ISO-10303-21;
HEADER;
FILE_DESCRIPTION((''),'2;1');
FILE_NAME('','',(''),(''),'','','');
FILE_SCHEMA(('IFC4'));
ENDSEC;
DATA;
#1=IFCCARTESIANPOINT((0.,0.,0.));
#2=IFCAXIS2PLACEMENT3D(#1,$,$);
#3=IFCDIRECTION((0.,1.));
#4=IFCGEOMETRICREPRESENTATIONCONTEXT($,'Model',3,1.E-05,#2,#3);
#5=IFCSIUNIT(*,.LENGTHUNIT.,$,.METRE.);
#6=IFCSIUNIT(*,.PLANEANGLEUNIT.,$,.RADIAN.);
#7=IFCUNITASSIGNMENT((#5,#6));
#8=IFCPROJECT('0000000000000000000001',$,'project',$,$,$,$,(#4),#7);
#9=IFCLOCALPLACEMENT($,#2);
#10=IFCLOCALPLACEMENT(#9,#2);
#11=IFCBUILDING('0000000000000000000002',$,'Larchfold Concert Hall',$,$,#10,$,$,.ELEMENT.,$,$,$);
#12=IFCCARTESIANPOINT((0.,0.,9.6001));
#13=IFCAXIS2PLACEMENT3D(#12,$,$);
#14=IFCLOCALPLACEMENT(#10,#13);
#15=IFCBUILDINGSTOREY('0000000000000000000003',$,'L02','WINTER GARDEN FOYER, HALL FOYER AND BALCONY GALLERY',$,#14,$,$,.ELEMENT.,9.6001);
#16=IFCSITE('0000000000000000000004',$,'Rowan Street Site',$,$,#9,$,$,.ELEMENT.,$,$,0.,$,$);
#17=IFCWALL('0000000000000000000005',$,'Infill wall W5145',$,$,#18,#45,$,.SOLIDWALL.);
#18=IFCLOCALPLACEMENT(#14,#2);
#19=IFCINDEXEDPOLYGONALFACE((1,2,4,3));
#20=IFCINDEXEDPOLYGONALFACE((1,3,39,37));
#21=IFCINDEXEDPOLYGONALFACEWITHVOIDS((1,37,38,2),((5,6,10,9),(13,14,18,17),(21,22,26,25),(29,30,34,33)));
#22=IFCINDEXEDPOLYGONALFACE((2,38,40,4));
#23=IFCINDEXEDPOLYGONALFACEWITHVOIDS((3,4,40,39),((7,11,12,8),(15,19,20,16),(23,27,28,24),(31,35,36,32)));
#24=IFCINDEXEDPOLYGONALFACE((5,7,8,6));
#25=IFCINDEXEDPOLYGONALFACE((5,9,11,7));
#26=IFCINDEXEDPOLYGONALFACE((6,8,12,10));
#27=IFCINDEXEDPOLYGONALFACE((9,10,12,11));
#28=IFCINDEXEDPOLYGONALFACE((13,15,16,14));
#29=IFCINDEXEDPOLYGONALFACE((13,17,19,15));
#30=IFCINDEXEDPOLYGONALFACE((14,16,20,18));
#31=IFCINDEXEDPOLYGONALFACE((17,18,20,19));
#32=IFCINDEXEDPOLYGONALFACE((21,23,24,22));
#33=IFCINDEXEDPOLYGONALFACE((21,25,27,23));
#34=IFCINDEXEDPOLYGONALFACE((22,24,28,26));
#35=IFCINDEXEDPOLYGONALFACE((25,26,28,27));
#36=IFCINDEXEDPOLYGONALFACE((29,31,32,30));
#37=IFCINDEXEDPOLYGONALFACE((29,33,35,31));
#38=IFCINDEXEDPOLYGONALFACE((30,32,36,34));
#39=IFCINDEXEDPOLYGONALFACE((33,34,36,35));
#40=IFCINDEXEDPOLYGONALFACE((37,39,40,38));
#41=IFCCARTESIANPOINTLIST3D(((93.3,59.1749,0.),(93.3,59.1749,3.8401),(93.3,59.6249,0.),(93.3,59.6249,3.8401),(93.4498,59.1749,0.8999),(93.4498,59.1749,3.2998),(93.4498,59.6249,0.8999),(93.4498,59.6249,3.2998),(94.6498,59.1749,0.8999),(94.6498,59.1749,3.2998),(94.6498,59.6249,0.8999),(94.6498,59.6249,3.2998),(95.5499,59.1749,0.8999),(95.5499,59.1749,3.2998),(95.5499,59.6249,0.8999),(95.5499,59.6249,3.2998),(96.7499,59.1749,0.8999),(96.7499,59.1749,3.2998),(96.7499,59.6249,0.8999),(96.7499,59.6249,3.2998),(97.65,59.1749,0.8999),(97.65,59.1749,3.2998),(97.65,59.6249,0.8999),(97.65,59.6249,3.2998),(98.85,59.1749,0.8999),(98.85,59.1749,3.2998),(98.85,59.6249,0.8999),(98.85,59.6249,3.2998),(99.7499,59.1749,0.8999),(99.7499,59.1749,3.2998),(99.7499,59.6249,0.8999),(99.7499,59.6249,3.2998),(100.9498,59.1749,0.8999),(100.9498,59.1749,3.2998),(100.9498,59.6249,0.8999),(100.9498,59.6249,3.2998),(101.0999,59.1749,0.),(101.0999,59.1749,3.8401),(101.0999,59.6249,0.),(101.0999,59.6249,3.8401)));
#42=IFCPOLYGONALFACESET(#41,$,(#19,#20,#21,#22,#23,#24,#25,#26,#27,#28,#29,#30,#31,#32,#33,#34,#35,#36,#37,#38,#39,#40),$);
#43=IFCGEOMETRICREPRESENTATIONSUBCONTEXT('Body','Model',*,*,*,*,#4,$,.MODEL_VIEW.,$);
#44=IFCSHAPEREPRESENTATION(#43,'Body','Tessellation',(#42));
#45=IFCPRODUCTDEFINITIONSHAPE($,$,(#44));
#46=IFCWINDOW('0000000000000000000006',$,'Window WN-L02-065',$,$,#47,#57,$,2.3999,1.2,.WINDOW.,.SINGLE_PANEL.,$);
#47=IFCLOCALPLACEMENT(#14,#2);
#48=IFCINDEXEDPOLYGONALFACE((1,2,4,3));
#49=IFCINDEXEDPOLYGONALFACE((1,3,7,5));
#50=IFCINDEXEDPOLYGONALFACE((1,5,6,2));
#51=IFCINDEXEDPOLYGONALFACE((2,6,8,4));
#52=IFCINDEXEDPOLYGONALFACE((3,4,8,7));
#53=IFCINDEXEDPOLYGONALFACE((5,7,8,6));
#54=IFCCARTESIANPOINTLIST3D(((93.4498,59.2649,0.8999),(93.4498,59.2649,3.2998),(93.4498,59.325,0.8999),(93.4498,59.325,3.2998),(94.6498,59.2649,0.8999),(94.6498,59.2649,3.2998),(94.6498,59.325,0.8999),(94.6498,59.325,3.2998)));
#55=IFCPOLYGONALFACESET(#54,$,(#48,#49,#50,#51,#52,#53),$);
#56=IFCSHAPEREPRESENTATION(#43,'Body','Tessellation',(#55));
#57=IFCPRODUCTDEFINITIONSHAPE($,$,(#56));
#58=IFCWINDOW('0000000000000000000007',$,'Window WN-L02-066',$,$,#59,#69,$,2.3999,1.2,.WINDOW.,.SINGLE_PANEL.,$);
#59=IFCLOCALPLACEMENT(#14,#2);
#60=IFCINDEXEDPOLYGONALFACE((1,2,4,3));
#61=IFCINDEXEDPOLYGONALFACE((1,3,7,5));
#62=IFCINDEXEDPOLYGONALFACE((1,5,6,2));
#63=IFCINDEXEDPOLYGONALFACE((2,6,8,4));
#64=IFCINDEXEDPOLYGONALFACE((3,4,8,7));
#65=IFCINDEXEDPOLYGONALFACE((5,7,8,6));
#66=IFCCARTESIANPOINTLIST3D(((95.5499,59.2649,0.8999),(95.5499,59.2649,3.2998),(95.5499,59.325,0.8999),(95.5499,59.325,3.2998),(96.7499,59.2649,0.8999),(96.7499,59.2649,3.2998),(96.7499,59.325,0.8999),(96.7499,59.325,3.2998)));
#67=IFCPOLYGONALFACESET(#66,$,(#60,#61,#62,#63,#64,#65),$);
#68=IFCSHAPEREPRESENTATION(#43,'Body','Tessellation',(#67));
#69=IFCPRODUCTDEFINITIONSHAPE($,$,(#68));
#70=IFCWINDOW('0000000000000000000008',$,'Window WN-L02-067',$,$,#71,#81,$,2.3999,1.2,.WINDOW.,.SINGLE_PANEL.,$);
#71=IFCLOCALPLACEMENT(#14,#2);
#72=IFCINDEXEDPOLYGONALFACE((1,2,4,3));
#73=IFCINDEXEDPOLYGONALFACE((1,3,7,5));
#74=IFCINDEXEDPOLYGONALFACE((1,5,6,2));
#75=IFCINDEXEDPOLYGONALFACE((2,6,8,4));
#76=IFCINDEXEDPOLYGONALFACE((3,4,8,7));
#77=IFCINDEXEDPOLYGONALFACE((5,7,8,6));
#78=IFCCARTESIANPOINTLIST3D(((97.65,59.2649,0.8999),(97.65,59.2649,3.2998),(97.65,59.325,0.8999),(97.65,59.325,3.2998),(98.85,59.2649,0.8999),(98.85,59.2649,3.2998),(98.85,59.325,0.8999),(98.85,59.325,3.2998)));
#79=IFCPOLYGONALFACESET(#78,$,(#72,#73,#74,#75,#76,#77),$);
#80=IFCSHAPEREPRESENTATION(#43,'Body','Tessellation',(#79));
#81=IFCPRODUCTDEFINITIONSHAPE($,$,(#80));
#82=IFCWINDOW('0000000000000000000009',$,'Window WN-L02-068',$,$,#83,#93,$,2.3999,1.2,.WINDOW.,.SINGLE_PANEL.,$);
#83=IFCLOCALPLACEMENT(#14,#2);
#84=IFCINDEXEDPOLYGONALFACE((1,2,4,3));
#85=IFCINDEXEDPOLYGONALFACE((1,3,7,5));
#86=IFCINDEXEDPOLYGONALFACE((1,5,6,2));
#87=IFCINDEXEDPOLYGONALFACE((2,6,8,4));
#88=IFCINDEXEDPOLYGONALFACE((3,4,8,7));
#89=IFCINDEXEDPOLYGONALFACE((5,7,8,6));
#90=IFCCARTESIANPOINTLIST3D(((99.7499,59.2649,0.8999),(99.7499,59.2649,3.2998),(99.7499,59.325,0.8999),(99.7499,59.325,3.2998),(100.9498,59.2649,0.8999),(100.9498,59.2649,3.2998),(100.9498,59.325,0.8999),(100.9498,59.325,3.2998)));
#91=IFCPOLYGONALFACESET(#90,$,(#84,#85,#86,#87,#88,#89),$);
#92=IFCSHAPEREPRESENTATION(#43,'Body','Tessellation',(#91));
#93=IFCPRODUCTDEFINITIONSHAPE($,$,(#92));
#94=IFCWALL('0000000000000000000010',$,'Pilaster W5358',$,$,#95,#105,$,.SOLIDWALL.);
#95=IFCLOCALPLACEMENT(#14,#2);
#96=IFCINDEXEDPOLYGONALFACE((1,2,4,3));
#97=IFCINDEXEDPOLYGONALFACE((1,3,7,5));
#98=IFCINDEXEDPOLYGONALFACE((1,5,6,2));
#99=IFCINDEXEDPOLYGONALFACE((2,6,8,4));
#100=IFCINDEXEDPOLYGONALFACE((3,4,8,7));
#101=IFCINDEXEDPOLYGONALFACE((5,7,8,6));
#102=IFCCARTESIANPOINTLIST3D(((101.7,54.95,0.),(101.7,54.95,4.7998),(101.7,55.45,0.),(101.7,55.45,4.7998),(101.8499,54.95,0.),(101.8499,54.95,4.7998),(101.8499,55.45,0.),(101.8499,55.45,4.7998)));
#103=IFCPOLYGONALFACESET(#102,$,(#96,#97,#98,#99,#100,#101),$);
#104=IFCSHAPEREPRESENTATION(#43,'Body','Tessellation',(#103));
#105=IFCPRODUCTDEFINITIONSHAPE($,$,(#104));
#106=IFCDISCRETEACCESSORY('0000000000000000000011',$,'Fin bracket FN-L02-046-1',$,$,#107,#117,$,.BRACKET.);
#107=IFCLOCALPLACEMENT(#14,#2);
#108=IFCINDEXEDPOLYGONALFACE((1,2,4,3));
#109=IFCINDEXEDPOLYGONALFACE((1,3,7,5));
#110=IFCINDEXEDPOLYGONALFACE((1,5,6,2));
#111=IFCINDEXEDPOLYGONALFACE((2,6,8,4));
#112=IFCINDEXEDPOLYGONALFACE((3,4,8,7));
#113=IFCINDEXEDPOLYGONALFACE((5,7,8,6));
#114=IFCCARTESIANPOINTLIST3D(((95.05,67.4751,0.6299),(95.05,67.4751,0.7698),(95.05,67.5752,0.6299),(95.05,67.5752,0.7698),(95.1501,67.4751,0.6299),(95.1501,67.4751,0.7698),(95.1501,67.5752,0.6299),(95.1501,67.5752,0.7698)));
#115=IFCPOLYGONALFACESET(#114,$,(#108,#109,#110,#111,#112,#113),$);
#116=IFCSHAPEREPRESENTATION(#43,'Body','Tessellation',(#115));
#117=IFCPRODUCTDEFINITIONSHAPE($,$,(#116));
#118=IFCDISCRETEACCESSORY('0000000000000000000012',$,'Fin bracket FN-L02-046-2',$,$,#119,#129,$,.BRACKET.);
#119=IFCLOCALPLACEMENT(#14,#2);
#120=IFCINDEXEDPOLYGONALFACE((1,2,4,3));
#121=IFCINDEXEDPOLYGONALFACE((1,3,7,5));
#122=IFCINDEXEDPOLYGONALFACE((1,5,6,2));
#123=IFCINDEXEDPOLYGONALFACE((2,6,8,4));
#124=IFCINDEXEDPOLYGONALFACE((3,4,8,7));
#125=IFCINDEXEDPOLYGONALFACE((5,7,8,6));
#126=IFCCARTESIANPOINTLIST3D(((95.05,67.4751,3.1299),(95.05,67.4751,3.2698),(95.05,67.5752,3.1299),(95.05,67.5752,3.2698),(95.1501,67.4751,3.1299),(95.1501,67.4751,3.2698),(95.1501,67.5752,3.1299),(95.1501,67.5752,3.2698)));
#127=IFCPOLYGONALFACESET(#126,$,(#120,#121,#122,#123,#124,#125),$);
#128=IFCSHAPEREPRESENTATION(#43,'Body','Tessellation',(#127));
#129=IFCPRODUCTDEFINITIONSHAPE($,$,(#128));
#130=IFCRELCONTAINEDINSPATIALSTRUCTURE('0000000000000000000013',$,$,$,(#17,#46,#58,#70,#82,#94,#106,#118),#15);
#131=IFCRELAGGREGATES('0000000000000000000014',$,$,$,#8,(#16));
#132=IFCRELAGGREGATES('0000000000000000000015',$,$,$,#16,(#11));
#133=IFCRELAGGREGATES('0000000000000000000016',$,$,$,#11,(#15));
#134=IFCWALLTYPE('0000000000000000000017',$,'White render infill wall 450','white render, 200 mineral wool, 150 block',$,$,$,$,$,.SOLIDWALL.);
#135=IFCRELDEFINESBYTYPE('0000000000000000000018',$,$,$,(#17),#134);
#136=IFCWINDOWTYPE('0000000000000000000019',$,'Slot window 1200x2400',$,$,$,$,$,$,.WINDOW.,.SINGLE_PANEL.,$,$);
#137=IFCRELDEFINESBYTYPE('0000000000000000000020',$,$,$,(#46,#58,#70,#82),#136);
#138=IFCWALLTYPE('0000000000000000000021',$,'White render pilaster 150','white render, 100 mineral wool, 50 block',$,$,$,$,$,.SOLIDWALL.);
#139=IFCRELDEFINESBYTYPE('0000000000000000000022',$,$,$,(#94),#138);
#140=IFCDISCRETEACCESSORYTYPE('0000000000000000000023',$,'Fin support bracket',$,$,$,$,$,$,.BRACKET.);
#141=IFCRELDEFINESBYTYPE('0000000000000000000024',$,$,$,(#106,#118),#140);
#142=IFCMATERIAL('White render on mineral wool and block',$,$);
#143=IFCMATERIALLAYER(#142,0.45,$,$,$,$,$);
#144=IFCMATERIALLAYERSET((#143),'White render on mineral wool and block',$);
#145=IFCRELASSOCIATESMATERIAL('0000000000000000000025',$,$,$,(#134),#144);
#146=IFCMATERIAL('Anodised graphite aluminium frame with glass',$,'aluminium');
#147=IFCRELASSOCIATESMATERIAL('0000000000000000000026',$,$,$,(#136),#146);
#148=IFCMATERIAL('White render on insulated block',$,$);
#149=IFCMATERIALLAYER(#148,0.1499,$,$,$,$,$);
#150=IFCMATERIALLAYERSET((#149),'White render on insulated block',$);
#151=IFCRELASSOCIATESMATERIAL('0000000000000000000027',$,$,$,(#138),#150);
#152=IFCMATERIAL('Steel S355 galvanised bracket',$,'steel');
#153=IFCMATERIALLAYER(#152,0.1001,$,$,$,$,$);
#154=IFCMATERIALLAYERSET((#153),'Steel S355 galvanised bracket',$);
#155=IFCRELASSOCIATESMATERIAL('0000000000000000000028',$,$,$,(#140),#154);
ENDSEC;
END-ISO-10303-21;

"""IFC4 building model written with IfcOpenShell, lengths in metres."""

from ifc_helpers import new_model, si_unit, direction, frame, frame_2d, origin, origin_2d, place, context, subcontext, project, spatial, rectangle, extrude, material, layer, layer_set, type_object, element, fill, save


model = new_model("IFC4")

# Units and contexts
model_context = context("Model", 3, precision=1e-05, world=origin(), true_north=direction((0.0, 1.0)))
body_context = subcontext(model_context, "Body", "Model", "MODEL_VIEW")
ifc_project = project(units=[si_unit("LENGTHUNIT", "METRE"), si_unit("PLANEANGLEUNIT", "RADIAN")], contexts=[model_context])

# Site, building, storey
site_placement = place(None, origin())
site = spatial("IfcSite", under=ifc_project, at=site_placement, Name="Rowan Street Site", CompositionType="ELEMENT", RefElevation=0.0)
building_placement = place(site_placement, origin())
building = spatial("IfcBuilding", under=site, at=building_placement, Name="Larchfold Concert Hall", CompositionType="ELEMENT")
storey_placement = place(building_placement, frame((0.0, 0.0, 9.6001)))
storey = spatial("IfcBuildingStorey", under=building, at=storey_placement, Name="L02", Description="WINTER GARDEN FOYER, HALL FOYER AND BALCONY GALLERY", CompositionType="ELEMENT", Elevation=9.6001)

# Wall, openings, windows
ifc_material_1 = material(Name="White render on mineral wool and block")
ifc_layer_1 = layer(ifc_material_1, 0.45)
ifc_layer_set_1 = layer_set([ifc_layer_1], Name="White render on mineral wool and block")
wall_type_1 = type_object("IfcWallType", Name="White render infill wall 450", Description="white render, 200 mineral wool, 150 block", PredefinedType="SOLIDWALL", material=ifc_layer_set_1)
wall_1_placement = place(storey_placement, frame((101.0999, 59.3999, 0.0), z_axis=(0.0, 0.0, 1.0), x_axis=(-1.0, 0.0, 0.0)))
wall_1 = element("IfcWall", 1, at=wall_1_placement, inside=storey, type_object=wall_type_1, Name="Infill wall W5145", PredefinedType="SOLIDWALL", context=body_context, shape_type="SweptSolid", body=[
    extrude(rectangle(XDim=7.7998, YDim=0.45, at=frame_2d((3.8999, 0.0))), origin(), (0.0, 0.0, 1.0), 3.8401),
])
opening_1_placement = place(wall_1_placement, frame((6.45, 0.0, 0.8999)))
opening_1 = element("IfcOpeningElement", 2, at=opening_1_placement, cuts=wall_1, PredefinedType="OPENING", context=body_context, shape_type="SweptSolid", body=[
    extrude(rectangle(XDim=1.2, YDim=2.3999, at=frame_2d((0.6001, 1.2))), frame((0.0, 0.2349, 0.0), z_axis=(0.0, -1.0, 0.0), x_axis=(1.0, 0.0, 0.0)), (0.0, 0.0, 1.0), 0.47),
])
opening_2_placement = place(wall_1_placement, frame((4.3499, 0.0, 0.8999)))
opening_2 = element("IfcOpeningElement", 3, at=opening_2_placement, cuts=wall_1, PredefinedType="OPENING", context=body_context, shape_type="SweptSolid", body=[
    extrude(rectangle(XDim=1.2, YDim=2.3999, at=frame_2d((0.6001, 1.2))), frame((0.0, 0.2349, 0.0), z_axis=(0.0, -1.0, 0.0), x_axis=(1.0, 0.0, 0.0)), (0.0, 0.0, 1.0), 0.47),
])
opening_3_placement = place(wall_1_placement, frame((2.2498, 0.0, 0.8999)))
opening_3 = element("IfcOpeningElement", 4, at=opening_3_placement, cuts=wall_1, PredefinedType="OPENING", context=body_context, shape_type="SweptSolid", body=[
    extrude(rectangle(XDim=1.2, YDim=2.3999, at=frame_2d((0.6001, 1.2))), frame((0.0, 0.2349, 0.0), z_axis=(0.0, -1.0, 0.0), x_axis=(1.0, 0.0, 0.0)), (0.0, 0.0, 1.0), 0.47),
])
opening_4_placement = place(wall_1_placement, frame((0.1499, 0.0, 0.8999)))
opening_4 = element("IfcOpeningElement", 5, at=opening_4_placement, cuts=wall_1, PredefinedType="OPENING", context=body_context, shape_type="SweptSolid", body=[
    extrude(rectangle(XDim=1.2, YDim=2.3999, at=frame_2d((0.6001, 1.2))), frame((0.0, 0.2349, 0.0), z_axis=(0.0, -1.0, 0.0), x_axis=(1.0, 0.0, 0.0)), (0.0, 0.0, 1.0), 0.47),
])
ifc_material_2 = material(Name="Anodised graphite aluminium frame with glass", Category="aluminium")
window_type = type_object("IfcWindowType", Name="Slot window 1200x2400", PartitioningType="SINGLE_PANEL", PredefinedType="WINDOW", material=ifc_material_2)
window_1_placement = place(opening_1_placement, origin())
window_1 = element("IfcWindow", 6, at=window_1_placement, inside=storey, type_object=window_type, Name="Window WN-L02-065", OverallHeight=2.3999, OverallWidth=1.2, PartitioningType="SINGLE_PANEL", PredefinedType="WINDOW", context=body_context, shape_type="SweptSolid", body=[
    extrude(rectangle(XDim=1.2, YDim=2.3999, at=frame_2d((0.6001, 1.2))), frame((0.0, 0.135, 0.0), z_axis=(0.0, -1.0, 0.0), x_axis=(1.0, 0.0, 0.0)), (0.0, 0.0, 1.0), 0.0601),
])
fill(opening_1, window_1)
window_2_placement = place(opening_2_placement, origin())
window_2 = element("IfcWindow", 7, at=window_2_placement, inside=storey, type_object=window_type, Name="Window WN-L02-066", OverallHeight=2.3999, OverallWidth=1.2, PartitioningType="SINGLE_PANEL", PredefinedType="WINDOW", context=body_context, shape_type="SweptSolid", body=[
    extrude(rectangle(XDim=1.2, YDim=2.3999, at=frame_2d((0.6001, 1.2))), frame((0.0, 0.135, 0.0), z_axis=(0.0, -1.0, 0.0), x_axis=(1.0, 0.0, 0.0)), (0.0, 0.0, 1.0), 0.0601),
])
fill(opening_2, window_2)
window_3_placement = place(opening_3_placement, origin())
window_3 = element("IfcWindow", 8, at=window_3_placement, inside=storey, type_object=window_type, Name="Window WN-L02-067", OverallHeight=2.3999, OverallWidth=1.2, PartitioningType="SINGLE_PANEL", PredefinedType="WINDOW", context=body_context, shape_type="SweptSolid", body=[
    extrude(rectangle(XDim=1.2, YDim=2.3999, at=frame_2d((0.6001, 1.2))), frame((0.0, 0.135, 0.0), z_axis=(0.0, -1.0, 0.0), x_axis=(1.0, 0.0, 0.0)), (0.0, 0.0, 1.0), 0.0601),
])
fill(opening_3, window_3)
window_4_placement = place(opening_4_placement, origin())
window_4 = element("IfcWindow", 9, at=window_4_placement, inside=storey, type_object=window_type, Name="Window WN-L02-068", OverallHeight=2.3999, OverallWidth=1.2, PartitioningType="SINGLE_PANEL", PredefinedType="WINDOW", context=body_context, shape_type="SweptSolid", body=[
    extrude(rectangle(XDim=1.2, YDim=2.3999, at=frame_2d((0.6001, 1.2))), frame((0.0, 0.135, 0.0), z_axis=(0.0, -1.0, 0.0), x_axis=(1.0, 0.0, 0.0)), (0.0, 0.0, 1.0), 0.0601),
])
fill(opening_4, window_4)

# Wall
ifc_material_3 = material(Name="White render on insulated block")
ifc_layer_2 = layer(ifc_material_3, 0.1499)
ifc_layer_set_2 = layer_set([ifc_layer_2], Name="White render on insulated block")
wall_type_2 = type_object("IfcWallType", Name="White render pilaster 150", Description="white render, 100 mineral wool, 50 block", PredefinedType="SOLIDWALL", material=ifc_layer_set_2)
wall_2_placement = place(storey_placement, frame((101.7749, 54.95, 0.0), z_axis=(0.0, 0.0, 1.0), x_axis=(0.0, 1.0, 0.0)))
element("IfcWall", 10, at=wall_2_placement, inside=storey, type_object=wall_type_2, Name="Pilaster W5358", PredefinedType="SOLIDWALL", context=body_context, shape_type="SweptSolid", body=[
    extrude(rectangle(XDim=0.5, YDim=0.1499, at=frame_2d((0.25, 0.0))), origin(), (0.0, 0.0, 1.0), 4.7998),
])

# Discrete accessories
ifc_material_4 = material(Name="Steel S355 galvanised bracket", Category="steel")
ifc_layer_3 = layer(ifc_material_4, 0.1001)
ifc_layer_set_3 = layer_set([ifc_layer_3], Name="Steel S355 galvanised bracket")
discrete_accessory_type = type_object("IfcDiscreteAccessoryType", Name="Fin support bracket", PredefinedType="BRACKET", material=ifc_layer_set_3)
for number, where, z_axis, x_axis, name in (
    (11, (95.1001, 67.5251, 0.6299), (0.0, 0.0, 1.0), (0.0, -1.0, 0.0), "Fin bracket FN-L02-046-1"),
    (12, (95.1001, 67.5251, 3.1299), (0.0, 0.0, 1.0), (0.0, -1.0, 0.0), "Fin bracket FN-L02-046-2"),
):
    element("IfcDiscreteAccessory", number, at=place(storey_placement, frame(where, z_axis=z_axis, x_axis=x_axis)), inside=storey, type_object=discrete_accessory_type, Name=name, PredefinedType="BRACKET", context=body_context, shape_type="SweptSolid", body=[
        extrude(rectangle(XDim=0.1001, YDim=0.1001, at=origin_2d()), origin(), (0.0, 0.0, 1.0), 0.1399),
    ])

save(model, "model.ifc")
